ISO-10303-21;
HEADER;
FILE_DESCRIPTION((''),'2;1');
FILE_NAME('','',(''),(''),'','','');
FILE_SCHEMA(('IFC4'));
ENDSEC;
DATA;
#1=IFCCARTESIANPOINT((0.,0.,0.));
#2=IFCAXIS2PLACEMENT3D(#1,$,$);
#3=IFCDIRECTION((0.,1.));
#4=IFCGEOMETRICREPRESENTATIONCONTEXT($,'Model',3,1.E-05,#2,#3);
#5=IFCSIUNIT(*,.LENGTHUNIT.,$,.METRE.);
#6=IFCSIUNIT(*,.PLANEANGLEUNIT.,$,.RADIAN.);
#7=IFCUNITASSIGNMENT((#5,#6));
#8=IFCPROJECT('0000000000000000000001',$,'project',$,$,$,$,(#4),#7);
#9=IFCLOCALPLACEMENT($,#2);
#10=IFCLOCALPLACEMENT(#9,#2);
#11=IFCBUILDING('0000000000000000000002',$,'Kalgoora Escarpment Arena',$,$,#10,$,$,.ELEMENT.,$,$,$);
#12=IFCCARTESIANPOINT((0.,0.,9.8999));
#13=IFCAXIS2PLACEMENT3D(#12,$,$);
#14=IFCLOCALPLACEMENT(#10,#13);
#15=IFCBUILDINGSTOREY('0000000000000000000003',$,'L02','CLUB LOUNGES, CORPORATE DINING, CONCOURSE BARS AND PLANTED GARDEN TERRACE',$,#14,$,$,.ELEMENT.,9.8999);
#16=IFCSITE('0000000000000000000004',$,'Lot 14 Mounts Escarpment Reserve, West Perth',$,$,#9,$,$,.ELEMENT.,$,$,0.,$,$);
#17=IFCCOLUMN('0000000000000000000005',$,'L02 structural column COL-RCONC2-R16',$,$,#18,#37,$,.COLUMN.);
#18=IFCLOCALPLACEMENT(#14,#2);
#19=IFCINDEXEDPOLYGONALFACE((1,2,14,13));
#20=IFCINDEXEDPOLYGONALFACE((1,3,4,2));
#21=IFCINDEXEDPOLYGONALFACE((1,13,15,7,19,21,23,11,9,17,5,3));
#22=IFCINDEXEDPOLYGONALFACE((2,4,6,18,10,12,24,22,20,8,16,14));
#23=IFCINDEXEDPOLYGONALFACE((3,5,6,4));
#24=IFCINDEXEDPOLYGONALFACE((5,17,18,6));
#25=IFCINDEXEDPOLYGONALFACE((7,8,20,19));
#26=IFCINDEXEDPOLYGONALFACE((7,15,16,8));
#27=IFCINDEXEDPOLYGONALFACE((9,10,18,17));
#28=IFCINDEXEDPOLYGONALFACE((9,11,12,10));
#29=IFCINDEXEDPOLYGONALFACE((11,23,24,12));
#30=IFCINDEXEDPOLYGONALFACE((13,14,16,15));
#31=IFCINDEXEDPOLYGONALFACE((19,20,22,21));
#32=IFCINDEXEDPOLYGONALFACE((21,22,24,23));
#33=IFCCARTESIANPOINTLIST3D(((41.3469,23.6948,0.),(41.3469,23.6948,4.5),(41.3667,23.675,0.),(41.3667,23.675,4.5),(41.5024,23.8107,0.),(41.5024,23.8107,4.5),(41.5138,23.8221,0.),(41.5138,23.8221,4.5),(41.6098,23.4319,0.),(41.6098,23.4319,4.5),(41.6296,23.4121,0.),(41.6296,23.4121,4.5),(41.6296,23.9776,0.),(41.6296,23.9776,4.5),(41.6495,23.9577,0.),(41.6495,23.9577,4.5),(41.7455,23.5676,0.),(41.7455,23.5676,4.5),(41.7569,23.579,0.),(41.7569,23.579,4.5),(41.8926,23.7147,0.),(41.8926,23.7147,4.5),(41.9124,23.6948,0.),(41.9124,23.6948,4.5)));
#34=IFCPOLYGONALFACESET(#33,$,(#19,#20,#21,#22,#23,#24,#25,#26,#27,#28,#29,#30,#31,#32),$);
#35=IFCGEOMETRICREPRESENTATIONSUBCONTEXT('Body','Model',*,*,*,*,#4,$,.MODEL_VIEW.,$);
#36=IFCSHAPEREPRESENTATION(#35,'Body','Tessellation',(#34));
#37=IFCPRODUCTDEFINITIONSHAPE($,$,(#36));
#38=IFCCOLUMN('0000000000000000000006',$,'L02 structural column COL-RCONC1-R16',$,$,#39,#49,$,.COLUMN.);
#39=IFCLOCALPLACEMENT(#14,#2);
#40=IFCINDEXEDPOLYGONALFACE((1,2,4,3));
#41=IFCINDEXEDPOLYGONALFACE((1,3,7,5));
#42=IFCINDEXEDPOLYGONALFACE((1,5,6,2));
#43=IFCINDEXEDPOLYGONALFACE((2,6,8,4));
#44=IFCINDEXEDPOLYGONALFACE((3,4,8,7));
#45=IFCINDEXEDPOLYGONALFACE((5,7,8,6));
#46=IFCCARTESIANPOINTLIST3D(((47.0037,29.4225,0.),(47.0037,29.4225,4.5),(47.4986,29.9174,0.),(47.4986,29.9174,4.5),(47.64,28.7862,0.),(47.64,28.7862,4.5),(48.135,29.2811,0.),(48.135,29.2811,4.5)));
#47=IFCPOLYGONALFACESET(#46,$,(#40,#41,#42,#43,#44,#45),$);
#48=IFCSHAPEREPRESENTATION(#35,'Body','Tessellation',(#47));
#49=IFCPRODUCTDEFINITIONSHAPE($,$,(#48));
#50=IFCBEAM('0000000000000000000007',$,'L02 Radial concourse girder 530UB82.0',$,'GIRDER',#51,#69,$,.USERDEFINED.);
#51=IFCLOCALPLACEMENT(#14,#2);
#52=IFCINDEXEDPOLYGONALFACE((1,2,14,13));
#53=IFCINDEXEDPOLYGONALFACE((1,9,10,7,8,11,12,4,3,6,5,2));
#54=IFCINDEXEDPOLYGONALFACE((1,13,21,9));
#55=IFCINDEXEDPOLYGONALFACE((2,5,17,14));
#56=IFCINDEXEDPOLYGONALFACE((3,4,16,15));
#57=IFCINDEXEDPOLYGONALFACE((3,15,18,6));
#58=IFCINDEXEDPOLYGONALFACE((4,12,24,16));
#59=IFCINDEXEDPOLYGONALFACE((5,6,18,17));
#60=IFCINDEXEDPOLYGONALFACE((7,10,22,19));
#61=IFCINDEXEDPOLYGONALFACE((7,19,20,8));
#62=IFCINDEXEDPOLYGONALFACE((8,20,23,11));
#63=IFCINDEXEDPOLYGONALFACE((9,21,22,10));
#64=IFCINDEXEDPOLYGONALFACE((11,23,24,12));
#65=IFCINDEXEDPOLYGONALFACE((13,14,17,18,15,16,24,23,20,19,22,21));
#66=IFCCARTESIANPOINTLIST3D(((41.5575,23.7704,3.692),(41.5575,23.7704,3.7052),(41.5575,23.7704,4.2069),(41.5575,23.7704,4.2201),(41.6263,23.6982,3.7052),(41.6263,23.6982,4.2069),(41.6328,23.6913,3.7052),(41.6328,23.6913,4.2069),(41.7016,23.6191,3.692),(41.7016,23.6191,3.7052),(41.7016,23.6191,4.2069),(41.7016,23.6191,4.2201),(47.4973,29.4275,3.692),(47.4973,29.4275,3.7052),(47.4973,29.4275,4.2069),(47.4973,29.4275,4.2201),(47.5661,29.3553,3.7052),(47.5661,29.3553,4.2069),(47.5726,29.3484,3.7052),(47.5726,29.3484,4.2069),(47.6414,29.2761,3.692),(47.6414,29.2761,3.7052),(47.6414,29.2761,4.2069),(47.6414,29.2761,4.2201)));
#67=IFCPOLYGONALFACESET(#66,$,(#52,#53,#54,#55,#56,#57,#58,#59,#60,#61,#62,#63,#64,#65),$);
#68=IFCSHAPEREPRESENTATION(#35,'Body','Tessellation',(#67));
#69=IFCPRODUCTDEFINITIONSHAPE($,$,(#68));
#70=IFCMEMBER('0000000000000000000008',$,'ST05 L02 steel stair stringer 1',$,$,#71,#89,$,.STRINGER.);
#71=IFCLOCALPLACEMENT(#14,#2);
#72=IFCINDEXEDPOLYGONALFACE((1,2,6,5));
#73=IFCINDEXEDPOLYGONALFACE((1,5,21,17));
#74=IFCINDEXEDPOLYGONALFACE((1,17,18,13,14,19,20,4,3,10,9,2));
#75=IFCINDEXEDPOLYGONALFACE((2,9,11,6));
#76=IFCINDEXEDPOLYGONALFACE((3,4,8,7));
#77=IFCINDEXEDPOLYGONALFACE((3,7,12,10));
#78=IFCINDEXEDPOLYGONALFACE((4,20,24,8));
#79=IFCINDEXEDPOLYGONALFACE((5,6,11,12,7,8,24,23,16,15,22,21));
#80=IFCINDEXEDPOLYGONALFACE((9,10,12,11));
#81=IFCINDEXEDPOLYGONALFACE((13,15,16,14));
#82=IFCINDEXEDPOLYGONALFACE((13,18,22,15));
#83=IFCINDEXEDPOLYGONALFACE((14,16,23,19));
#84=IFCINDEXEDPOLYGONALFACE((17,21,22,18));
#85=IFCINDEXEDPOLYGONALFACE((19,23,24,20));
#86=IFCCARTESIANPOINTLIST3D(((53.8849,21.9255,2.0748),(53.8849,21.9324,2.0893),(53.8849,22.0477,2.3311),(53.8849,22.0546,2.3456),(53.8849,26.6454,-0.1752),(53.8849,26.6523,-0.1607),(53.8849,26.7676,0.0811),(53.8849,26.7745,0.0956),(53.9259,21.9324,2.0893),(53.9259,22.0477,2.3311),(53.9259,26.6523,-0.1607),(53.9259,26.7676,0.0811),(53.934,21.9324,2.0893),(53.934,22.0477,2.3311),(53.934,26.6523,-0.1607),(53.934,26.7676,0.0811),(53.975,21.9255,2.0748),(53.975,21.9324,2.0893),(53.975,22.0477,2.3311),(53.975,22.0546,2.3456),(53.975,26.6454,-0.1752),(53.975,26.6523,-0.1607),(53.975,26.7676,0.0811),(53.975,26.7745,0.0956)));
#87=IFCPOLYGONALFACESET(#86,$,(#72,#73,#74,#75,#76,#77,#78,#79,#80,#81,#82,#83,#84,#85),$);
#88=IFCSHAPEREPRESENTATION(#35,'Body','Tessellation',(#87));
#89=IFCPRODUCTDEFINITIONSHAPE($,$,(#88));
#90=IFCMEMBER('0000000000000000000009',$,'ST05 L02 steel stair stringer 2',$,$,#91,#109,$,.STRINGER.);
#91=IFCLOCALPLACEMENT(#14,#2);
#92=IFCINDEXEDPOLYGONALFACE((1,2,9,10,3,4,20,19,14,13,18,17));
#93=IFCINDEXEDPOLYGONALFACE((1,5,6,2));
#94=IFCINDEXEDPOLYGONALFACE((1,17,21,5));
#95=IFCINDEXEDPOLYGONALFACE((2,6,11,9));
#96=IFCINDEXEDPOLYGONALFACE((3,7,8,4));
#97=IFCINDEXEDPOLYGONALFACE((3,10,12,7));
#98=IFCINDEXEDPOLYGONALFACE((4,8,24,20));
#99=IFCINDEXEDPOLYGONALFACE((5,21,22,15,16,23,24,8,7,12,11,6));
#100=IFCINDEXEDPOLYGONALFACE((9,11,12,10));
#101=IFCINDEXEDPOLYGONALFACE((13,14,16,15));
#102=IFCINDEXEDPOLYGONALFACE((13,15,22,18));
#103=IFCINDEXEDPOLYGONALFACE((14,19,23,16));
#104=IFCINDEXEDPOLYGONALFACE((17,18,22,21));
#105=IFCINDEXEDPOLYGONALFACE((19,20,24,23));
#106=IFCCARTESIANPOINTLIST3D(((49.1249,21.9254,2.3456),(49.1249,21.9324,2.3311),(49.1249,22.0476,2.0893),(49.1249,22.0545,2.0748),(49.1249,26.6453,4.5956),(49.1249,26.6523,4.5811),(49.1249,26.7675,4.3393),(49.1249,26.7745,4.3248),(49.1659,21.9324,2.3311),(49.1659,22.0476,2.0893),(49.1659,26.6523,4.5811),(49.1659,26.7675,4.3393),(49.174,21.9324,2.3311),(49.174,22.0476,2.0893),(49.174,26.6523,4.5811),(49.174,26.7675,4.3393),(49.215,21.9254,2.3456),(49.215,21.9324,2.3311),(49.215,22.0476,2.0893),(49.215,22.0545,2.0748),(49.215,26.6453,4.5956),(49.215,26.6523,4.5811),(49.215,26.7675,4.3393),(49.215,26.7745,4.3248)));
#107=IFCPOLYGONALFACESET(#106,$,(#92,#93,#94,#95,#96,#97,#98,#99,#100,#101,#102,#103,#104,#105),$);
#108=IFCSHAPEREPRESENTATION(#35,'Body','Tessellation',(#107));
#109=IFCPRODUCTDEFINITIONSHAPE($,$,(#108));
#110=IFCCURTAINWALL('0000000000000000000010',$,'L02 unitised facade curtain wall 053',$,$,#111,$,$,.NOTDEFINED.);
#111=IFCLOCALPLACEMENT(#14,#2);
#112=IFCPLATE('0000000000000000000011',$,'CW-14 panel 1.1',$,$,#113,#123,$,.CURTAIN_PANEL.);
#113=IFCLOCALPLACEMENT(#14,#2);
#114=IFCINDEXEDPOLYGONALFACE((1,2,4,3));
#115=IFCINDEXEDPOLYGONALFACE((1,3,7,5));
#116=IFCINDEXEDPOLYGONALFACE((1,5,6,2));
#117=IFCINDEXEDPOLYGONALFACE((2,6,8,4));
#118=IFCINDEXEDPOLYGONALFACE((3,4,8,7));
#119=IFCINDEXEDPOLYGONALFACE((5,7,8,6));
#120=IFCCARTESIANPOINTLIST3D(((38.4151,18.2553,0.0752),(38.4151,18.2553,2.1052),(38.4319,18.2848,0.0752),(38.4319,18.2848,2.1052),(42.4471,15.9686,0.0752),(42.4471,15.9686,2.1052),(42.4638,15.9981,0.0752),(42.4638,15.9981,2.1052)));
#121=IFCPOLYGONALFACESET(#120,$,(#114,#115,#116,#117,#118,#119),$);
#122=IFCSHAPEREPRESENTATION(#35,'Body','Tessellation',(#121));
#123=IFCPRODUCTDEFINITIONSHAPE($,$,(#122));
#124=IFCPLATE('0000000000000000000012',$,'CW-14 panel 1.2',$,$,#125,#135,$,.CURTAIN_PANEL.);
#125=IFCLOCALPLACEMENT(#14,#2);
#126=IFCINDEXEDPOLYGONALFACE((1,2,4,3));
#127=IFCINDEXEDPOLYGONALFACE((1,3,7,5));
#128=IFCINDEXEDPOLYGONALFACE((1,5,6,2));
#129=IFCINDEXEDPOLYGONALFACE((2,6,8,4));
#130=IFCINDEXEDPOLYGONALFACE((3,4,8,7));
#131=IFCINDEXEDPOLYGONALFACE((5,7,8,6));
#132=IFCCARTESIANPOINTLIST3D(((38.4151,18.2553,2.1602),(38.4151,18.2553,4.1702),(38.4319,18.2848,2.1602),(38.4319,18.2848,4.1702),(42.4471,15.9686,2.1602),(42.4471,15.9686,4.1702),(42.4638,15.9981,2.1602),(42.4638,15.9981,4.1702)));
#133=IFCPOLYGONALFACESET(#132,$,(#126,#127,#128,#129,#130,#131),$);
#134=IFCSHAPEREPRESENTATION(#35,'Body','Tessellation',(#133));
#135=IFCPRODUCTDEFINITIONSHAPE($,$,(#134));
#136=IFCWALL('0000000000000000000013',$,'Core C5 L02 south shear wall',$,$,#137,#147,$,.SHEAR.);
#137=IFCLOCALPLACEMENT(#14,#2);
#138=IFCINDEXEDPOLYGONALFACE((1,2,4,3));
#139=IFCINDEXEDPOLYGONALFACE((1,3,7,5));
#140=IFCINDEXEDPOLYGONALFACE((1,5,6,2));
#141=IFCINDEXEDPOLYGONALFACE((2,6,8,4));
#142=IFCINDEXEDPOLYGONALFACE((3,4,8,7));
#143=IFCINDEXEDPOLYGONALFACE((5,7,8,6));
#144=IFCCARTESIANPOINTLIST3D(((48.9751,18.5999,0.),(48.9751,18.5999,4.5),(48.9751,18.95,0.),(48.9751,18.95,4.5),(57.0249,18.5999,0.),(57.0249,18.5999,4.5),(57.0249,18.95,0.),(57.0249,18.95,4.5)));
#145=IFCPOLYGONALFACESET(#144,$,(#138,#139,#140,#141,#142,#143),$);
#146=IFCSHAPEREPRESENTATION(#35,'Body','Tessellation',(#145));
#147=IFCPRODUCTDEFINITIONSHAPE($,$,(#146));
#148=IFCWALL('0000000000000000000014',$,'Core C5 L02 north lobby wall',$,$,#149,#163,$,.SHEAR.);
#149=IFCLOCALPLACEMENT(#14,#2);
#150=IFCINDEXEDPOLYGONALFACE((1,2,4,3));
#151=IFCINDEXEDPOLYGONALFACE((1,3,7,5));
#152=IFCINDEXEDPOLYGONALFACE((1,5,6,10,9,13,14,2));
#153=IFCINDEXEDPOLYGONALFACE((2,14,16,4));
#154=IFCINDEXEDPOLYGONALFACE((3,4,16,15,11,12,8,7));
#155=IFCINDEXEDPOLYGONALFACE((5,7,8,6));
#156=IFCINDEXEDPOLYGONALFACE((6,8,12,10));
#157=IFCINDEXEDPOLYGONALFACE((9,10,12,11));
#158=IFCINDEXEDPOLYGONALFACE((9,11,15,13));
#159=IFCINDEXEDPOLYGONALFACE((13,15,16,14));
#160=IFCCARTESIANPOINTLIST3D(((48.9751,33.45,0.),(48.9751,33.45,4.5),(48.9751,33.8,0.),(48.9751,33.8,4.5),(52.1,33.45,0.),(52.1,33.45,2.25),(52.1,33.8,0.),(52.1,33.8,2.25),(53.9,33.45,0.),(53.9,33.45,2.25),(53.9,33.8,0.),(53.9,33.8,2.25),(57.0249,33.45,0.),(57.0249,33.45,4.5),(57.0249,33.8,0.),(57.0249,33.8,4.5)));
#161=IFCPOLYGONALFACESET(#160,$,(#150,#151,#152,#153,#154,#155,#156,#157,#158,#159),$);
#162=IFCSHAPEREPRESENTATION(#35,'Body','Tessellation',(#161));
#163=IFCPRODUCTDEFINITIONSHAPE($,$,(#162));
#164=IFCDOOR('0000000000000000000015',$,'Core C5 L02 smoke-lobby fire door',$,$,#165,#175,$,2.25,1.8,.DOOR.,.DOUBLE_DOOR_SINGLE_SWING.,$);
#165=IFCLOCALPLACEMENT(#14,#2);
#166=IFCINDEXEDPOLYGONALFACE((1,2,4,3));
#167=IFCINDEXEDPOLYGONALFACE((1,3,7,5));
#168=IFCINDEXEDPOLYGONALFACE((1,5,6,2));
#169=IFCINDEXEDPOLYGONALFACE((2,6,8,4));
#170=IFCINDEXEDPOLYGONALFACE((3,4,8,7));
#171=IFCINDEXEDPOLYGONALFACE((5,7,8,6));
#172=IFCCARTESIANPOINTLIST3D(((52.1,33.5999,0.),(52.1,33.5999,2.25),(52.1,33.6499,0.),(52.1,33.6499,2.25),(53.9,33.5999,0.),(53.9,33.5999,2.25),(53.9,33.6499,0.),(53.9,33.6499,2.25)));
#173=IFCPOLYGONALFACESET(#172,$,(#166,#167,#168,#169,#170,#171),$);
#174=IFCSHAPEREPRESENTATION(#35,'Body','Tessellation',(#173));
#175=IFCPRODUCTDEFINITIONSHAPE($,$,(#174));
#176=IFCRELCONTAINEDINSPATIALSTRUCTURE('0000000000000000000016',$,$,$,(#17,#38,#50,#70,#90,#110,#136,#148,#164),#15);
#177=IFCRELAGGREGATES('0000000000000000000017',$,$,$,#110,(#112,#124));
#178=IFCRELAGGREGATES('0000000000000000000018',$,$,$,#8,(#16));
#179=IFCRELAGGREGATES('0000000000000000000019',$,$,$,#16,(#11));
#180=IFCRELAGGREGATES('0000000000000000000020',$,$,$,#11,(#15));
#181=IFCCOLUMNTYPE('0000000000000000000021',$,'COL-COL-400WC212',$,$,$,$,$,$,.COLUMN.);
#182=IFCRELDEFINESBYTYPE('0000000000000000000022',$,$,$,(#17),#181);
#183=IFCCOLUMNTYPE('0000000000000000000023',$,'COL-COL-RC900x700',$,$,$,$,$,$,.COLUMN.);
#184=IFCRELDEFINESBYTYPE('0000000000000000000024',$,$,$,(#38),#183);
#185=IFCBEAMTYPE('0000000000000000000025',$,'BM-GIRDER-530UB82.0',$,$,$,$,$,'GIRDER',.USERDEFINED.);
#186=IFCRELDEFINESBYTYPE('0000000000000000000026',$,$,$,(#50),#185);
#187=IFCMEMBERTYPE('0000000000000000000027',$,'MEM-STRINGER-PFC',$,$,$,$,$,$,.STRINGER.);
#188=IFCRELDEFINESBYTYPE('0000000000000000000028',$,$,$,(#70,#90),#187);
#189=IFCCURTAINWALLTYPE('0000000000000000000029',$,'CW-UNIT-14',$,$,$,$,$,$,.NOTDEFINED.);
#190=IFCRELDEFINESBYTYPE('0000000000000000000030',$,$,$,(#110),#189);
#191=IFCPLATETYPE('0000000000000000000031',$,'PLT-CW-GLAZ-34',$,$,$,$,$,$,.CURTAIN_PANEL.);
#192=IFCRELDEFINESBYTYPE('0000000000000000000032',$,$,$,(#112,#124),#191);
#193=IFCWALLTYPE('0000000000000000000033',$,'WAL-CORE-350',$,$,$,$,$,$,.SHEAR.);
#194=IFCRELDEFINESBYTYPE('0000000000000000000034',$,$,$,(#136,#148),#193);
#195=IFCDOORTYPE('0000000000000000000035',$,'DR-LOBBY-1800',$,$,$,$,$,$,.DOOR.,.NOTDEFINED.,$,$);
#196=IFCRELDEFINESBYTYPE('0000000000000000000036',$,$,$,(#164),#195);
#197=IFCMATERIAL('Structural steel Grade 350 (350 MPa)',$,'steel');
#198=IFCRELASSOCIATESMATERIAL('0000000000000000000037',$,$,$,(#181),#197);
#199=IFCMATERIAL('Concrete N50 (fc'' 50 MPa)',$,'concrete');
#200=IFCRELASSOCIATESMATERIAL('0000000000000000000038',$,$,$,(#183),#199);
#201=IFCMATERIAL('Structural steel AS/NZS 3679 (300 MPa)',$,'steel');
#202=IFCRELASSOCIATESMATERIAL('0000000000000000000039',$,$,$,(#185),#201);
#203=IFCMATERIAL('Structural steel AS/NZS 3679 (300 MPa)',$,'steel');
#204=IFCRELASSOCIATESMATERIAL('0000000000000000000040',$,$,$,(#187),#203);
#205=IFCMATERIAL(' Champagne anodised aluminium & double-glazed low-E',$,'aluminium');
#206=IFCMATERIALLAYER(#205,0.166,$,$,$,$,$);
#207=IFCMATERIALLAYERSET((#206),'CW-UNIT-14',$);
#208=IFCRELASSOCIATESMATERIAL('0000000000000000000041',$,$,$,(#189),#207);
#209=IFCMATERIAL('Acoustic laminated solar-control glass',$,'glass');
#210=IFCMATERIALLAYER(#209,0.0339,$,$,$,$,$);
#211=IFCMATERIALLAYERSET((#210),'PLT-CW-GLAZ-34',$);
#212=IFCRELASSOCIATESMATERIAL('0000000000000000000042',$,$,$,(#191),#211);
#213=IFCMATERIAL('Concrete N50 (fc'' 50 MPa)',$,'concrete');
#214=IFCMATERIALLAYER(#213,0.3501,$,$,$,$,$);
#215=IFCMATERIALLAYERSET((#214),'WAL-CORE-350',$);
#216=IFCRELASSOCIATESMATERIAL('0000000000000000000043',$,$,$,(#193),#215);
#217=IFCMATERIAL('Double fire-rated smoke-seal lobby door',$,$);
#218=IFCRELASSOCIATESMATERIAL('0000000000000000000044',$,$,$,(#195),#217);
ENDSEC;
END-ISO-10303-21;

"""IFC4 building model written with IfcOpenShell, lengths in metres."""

from ifc_helpers import new_model, si_unit, direction, frame, frame_2d, origin, origin_2d, place, context, subcontext, project, spatial, rectangle, i_section, extrude, material, layer, layer_set, material_profile, profile_set, type_object, element, fill, aggregate, save


model = new_model("IFC4")

# Units and contexts
model_context = context("Model", 3, precision=1e-05, world=origin(), true_north=direction((0.0, 1.0)))
body_context = subcontext(model_context, "Body", "Model", "MODEL_VIEW")
ifc_project = project(units=[si_unit("LENGTHUNIT", "METRE"), si_unit("PLANEANGLEUNIT", "RADIAN")], contexts=[model_context])

# Site, building, storey
site_placement = place(None, origin())
site = spatial("IfcSite", under=ifc_project, at=site_placement, Name="Lot 14 Mounts Escarpment Reserve, West Perth", CompositionType="ELEMENT", RefElevation=0.0)
building_placement = place(site_placement, origin())
building = spatial("IfcBuilding", under=site, at=building_placement, Name="Kalgoora Escarpment Arena", CompositionType="ELEMENT")
storey_placement = place(building_placement, frame((0.0, 0.0, 9.8999)))
storey = spatial("IfcBuildingStorey", under=building, at=storey_placement, Name="L02", Description="CLUB LOUNGES, CORPORATE DINING, CONCOURSE BARS AND PLANTED GARDEN TERRACE", CompositionType="ELEMENT", Elevation=9.8999)

# Columns
ifc_material_1 = material(Name="Structural steel Grade 350 (350 MPa)", Category="steel")
ifc_material_profile_1 = material_profile(ifc_material_1, i_section(OverallWidth=0.3999, OverallDepth=0.3999, WebThickness=0.0161, FlangeThickness=0.0281, at=origin_2d()))
ifc_profile_set_1 = profile_set([ifc_material_profile_1], Name="Structural steel Grade 350 (350 MPa)")
column_type_1 = type_object("IfcColumnType", Name="COL-COL-400WC212", PredefinedType="COLUMN", material=ifc_profile_set_1)
column_1_placement = place(storey_placement, frame((41.6296, 23.6948, 0.0), z_axis=(0.0, 0.0, 1.0), x_axis=(-0.707107, -0.707107, 0.0)))
element("IfcColumn", 1, at=column_1_placement, inside=storey, type_object=column_type_1, Name="L02 structural column COL-RCONC2-R16", PredefinedType="COLUMN", context=body_context, shape_type="SweptSolid", body=[
    extrude(i_section(OverallWidth=0.3999, OverallDepth=0.3999, WebThickness=0.0161, FlangeThickness=0.0281, at=origin_2d()), origin(), (0.0, 0.0, 1.0), 4.5),
])
ifc_material_2 = material(Name="Concrete N50 (fc' 50 MPa)", Category="concrete")
ifc_material_profile_2 = material_profile(ifc_material_2, rectangle(XDim=0.7, YDim=0.8999, at=origin_2d()))
ifc_profile_set_2 = profile_set([ifc_material_profile_2], Name="Concrete N50 (fc' 50 MPa)")
column_type_2 = type_object("IfcColumnType", Name="COL-COL-RC900x700", PredefinedType="COLUMN", material=ifc_profile_set_2)
column_2_placement = place(storey_placement, frame((47.5693, 29.3518, 0.0), z_axis=(0.0, 0.0, 1.0), x_axis=(-0.707107, -0.707107, 0.0)))
element("IfcColumn", 2, at=column_2_placement, inside=storey, type_object=column_type_2, Name="L02 structural column COL-RCONC1-R16", PredefinedType="COLUMN", context=body_context, shape_type="SweptSolid", body=[
    extrude(rectangle(XDim=0.7, YDim=0.8999, at=origin_2d()), origin(), (0.0, 0.0, 1.0), 4.5),
])

# Beam
ifc_material_3 = material(Name="Structural steel AS/NZS 3679 (300 MPa)", Category="steel")
ifc_material_profile_3 = material_profile(ifc_material_3, i_section(OverallWidth=0.209, OverallDepth=0.5281, WebThickness=0.0095, FlangeThickness=0.0132, at=origin_2d()))
ifc_profile_set_3 = profile_set([ifc_material_profile_3], Name="Structural steel AS/NZS 3679 (300 MPa)")
beam_type = type_object("IfcBeamType", Name="BM-GIRDER-530UB82.0", ElementType="GIRDER", PredefinedType="USERDEFINED", material=ifc_profile_set_3)
beam_placement = place(storey_placement, frame((47.5693, 29.3518, 3.9561), z_axis=(-0.72413, -0.689663, 0.0), x_axis=(0.689663, -0.72413, 0.0)))
element("IfcBeam", 3, at=beam_placement, inside=storey, type_object=beam_type, Name="L02 Radial concourse girder 530UB82.0", ObjectType="GIRDER", PredefinedType="USERDEFINED", context=body_context, shape_type="SweptSolid", body=[
    extrude(i_section(OverallWidth=0.209, OverallDepth=0.5281, WebThickness=0.0095, FlangeThickness=0.0132, at=origin_2d()), origin(), (0.0, 0.0, 1.0), 8.2026),
])

# Members
ifc_material_4 = material(Name="Structural steel AS/NZS 3679 (300 MPa)", Category="steel")
ifc_material_profile_4 = material_profile(ifc_material_4, i_section(OverallWidth=0.0901, OverallDepth=0.3, WebThickness=0.0081, FlangeThickness=0.0161, at=origin_2d()))
ifc_profile_set_4 = profile_set([ifc_material_profile_4], Name="Structural steel AS/NZS 3679 (300 MPa)")
member_type = type_object("IfcMemberType", Name="MEM-STRINGER-PFC", PredefinedType="STRINGER", material=ifc_profile_set_4)
for number, where, z_axis, x_axis, name in (
    (4, (53.9299, 26.71, -0.0398), (0.0, -0.902683, 0.430307), (1.0, 0.0, 0.0), "ST05 L02 steel stair stringer 1"),
    (5, (49.1699, 21.99, 2.2102), (0.0, 0.902683, 0.430307), (-1.0, 0.0, 0.0), "ST05 L02 steel stair stringer 2"),
):
    element("IfcMember", number, at=place(storey_placement, frame(where, z_axis=z_axis, x_axis=x_axis)), inside=storey, type_object=member_type, Name=name, PredefinedType="STRINGER", context=body_context, shape_type="SweptSolid", body=[
        extrude(i_section(OverallWidth=0.0901, OverallDepth=0.3, WebThickness=0.0081, FlangeThickness=0.0161, at=origin_2d()), origin(), (0.0, 0.0, 1.0), 5.2288),
    ])

# Curtain wall, plates
ifc_material_5 = material(Name=" Champagne anodised aluminium & double-glazed low-E", Category="aluminium")
ifc_layer_1 = layer(ifc_material_5, 0.166)
ifc_layer_set_1 = layer_set([ifc_layer_1], Name="CW-UNIT-14")
curtain_wall_type = type_object("IfcCurtainWallType", Name="CW-UNIT-14", PredefinedType="NOTDEFINED", material=ifc_layer_set_1)
curtain_wall_placement = place(storey_placement, origin())
curtain_wall = element("IfcCurtainWall", 6, at=curtain_wall_placement, inside=storey, type_object=curtain_wall_type, Name="L02 unitised facade curtain wall 053", PredefinedType="NOTDEFINED")
ifc_material_6 = material(Name="Acoustic laminated solar-control glass", Category="glass")
ifc_layer_2 = layer(ifc_material_6, 0.0339)
ifc_layer_set_2 = layer_set([ifc_layer_2], Name="PLT-CW-GLAZ-34")
plate_type = type_object("IfcPlateType", Name="PLT-CW-GLAZ-34", PredefinedType="CURTAIN_PANEL", material=ifc_layer_set_2)
plate_1_placement = place(storey_placement, frame((40.4395, 17.1267, 0.0752), z_axis=(0.0, 0.0, 1.0), x_axis=(-0.869842, 0.49333, 0.0)))
plate_1 = element("IfcPlate", 7, at=plate_1_placement, type_object=plate_type, Name="CW-14 panel 1.1", PredefinedType="CURTAIN_PANEL", context=body_context, shape_type="SweptSolid", body=[
    extrude(rectangle(XDim=4.6353, YDim=0.0339, at=origin_2d()), origin(), (0.0, 0.0, 1.0), 2.03),
])
plate_2_placement = place(storey_placement, frame((40.4395, 17.1267, 2.1602), z_axis=(0.0, 0.0, 1.0), x_axis=(-0.869842, 0.49333, 0.0)))
plate_2 = element("IfcPlate", 8, at=plate_2_placement, type_object=plate_type, Name="CW-14 panel 1.2", PredefinedType="CURTAIN_PANEL", context=body_context, shape_type="SweptSolid", body=[
    extrude(rectangle(XDim=4.6353, YDim=0.0339, at=origin_2d()), origin(), (0.0, 0.0, 1.0), 2.01),
])
aggregate(curtain_wall, [plate_1, plate_2])

# Wall
ifc_material_7 = material(Name="Concrete N50 (fc' 50 MPa)", Category="concrete")
ifc_layer_3 = layer(ifc_material_7, 0.3501)
ifc_layer_set_3 = layer_set([ifc_layer_3], Name="WAL-CORE-350")
wall_type_1 = type_object("IfcWallType", Name="WAL-CORE-350", PredefinedType="SHEAR", material=ifc_layer_set_3)
wall_1_placement = place(storey_placement, frame((48.9751, 18.7749, 0.0), z_axis=(0.0, 0.0, 1.0), x_axis=(1.0, 0.0, 0.0)))
element("IfcWall", 9, at=wall_1_placement, inside=storey, type_object=wall_type_1, Name="Core C5 L02 south shear wall", PredefinedType="SHEAR", context=body_context, shape_type="SweptSolid", body=[
    extrude(rectangle(XDim=8.0498, YDim=0.3501, at=frame_2d((4.0249, 0.0))), origin(), (0.0, 0.0, 1.0), 4.5),
])

# Wall, opening, door
wall_2_placement = place(storey_placement, frame((48.9751, 33.625, 0.0), z_axis=(0.0, 0.0, 1.0), x_axis=(1.0, 0.0, 0.0)))
wall_2 = element("IfcWall", 10, at=wall_2_placement, inside=storey, type_object=wall_type_1, Name="Core C5 L02 north lobby wall", PredefinedType="SHEAR", context=body_context, shape_type="SweptSolid", body=[
    extrude(rectangle(XDim=8.0498, YDim=0.3501, at=frame_2d((4.0249, 0.0))), origin(), (0.0, 0.0, 1.0), 4.5),
])
opening_1_placement = place(wall_2_placement, frame((3.125, 0.0, 0.0)))
opening_1 = element("IfcOpeningElement", 11, at=opening_1_placement, cuts=wall_2, PredefinedType="OPENING", context=body_context, shape_type="SweptSolid", body=[
    extrude(rectangle(XDim=1.8, YDim=2.25, at=frame_2d((0.8999, 1.125))), frame((0.0, 0.1851, 0.0), z_axis=(0.0, -1.0, 0.0), x_axis=(1.0, 0.0, 0.0)), (0.0, 0.0, 1.0), 0.3701),
])
ifc_material_8 = material(Name="Double fire-rated smoke-seal lobby door")
door_type_1 = type_object("IfcDoorType", Name="DR-LOBBY-1800", OperationType="NOTDEFINED", PredefinedType="DOOR", material=ifc_material_8)
door_1_placement = place(opening_1_placement, origin())
door_1 = element("IfcDoor", 12, at=door_1_placement, inside=storey, type_object=door_type_1, Name="Core C5 L02 smoke-lobby fire door", OperationType="DOUBLE_DOOR_SINGLE_SWING", OverallHeight=2.25, OverallWidth=1.8, PredefinedType="DOOR", context=body_context, shape_type="SweptSolid", body=[
    extrude(rectangle(XDim=1.8, YDim=2.25, at=frame_2d((0.8999, 1.125))), frame((0.0, 0.0249, 0.0), z_axis=(0.0, -1.0, 0.0), x_axis=(1.0, 0.0, 0.0)), (0.0, 0.0, 1.0), 0.05),
])
fill(opening_1, door_1)

save(model, "model.ifc")
